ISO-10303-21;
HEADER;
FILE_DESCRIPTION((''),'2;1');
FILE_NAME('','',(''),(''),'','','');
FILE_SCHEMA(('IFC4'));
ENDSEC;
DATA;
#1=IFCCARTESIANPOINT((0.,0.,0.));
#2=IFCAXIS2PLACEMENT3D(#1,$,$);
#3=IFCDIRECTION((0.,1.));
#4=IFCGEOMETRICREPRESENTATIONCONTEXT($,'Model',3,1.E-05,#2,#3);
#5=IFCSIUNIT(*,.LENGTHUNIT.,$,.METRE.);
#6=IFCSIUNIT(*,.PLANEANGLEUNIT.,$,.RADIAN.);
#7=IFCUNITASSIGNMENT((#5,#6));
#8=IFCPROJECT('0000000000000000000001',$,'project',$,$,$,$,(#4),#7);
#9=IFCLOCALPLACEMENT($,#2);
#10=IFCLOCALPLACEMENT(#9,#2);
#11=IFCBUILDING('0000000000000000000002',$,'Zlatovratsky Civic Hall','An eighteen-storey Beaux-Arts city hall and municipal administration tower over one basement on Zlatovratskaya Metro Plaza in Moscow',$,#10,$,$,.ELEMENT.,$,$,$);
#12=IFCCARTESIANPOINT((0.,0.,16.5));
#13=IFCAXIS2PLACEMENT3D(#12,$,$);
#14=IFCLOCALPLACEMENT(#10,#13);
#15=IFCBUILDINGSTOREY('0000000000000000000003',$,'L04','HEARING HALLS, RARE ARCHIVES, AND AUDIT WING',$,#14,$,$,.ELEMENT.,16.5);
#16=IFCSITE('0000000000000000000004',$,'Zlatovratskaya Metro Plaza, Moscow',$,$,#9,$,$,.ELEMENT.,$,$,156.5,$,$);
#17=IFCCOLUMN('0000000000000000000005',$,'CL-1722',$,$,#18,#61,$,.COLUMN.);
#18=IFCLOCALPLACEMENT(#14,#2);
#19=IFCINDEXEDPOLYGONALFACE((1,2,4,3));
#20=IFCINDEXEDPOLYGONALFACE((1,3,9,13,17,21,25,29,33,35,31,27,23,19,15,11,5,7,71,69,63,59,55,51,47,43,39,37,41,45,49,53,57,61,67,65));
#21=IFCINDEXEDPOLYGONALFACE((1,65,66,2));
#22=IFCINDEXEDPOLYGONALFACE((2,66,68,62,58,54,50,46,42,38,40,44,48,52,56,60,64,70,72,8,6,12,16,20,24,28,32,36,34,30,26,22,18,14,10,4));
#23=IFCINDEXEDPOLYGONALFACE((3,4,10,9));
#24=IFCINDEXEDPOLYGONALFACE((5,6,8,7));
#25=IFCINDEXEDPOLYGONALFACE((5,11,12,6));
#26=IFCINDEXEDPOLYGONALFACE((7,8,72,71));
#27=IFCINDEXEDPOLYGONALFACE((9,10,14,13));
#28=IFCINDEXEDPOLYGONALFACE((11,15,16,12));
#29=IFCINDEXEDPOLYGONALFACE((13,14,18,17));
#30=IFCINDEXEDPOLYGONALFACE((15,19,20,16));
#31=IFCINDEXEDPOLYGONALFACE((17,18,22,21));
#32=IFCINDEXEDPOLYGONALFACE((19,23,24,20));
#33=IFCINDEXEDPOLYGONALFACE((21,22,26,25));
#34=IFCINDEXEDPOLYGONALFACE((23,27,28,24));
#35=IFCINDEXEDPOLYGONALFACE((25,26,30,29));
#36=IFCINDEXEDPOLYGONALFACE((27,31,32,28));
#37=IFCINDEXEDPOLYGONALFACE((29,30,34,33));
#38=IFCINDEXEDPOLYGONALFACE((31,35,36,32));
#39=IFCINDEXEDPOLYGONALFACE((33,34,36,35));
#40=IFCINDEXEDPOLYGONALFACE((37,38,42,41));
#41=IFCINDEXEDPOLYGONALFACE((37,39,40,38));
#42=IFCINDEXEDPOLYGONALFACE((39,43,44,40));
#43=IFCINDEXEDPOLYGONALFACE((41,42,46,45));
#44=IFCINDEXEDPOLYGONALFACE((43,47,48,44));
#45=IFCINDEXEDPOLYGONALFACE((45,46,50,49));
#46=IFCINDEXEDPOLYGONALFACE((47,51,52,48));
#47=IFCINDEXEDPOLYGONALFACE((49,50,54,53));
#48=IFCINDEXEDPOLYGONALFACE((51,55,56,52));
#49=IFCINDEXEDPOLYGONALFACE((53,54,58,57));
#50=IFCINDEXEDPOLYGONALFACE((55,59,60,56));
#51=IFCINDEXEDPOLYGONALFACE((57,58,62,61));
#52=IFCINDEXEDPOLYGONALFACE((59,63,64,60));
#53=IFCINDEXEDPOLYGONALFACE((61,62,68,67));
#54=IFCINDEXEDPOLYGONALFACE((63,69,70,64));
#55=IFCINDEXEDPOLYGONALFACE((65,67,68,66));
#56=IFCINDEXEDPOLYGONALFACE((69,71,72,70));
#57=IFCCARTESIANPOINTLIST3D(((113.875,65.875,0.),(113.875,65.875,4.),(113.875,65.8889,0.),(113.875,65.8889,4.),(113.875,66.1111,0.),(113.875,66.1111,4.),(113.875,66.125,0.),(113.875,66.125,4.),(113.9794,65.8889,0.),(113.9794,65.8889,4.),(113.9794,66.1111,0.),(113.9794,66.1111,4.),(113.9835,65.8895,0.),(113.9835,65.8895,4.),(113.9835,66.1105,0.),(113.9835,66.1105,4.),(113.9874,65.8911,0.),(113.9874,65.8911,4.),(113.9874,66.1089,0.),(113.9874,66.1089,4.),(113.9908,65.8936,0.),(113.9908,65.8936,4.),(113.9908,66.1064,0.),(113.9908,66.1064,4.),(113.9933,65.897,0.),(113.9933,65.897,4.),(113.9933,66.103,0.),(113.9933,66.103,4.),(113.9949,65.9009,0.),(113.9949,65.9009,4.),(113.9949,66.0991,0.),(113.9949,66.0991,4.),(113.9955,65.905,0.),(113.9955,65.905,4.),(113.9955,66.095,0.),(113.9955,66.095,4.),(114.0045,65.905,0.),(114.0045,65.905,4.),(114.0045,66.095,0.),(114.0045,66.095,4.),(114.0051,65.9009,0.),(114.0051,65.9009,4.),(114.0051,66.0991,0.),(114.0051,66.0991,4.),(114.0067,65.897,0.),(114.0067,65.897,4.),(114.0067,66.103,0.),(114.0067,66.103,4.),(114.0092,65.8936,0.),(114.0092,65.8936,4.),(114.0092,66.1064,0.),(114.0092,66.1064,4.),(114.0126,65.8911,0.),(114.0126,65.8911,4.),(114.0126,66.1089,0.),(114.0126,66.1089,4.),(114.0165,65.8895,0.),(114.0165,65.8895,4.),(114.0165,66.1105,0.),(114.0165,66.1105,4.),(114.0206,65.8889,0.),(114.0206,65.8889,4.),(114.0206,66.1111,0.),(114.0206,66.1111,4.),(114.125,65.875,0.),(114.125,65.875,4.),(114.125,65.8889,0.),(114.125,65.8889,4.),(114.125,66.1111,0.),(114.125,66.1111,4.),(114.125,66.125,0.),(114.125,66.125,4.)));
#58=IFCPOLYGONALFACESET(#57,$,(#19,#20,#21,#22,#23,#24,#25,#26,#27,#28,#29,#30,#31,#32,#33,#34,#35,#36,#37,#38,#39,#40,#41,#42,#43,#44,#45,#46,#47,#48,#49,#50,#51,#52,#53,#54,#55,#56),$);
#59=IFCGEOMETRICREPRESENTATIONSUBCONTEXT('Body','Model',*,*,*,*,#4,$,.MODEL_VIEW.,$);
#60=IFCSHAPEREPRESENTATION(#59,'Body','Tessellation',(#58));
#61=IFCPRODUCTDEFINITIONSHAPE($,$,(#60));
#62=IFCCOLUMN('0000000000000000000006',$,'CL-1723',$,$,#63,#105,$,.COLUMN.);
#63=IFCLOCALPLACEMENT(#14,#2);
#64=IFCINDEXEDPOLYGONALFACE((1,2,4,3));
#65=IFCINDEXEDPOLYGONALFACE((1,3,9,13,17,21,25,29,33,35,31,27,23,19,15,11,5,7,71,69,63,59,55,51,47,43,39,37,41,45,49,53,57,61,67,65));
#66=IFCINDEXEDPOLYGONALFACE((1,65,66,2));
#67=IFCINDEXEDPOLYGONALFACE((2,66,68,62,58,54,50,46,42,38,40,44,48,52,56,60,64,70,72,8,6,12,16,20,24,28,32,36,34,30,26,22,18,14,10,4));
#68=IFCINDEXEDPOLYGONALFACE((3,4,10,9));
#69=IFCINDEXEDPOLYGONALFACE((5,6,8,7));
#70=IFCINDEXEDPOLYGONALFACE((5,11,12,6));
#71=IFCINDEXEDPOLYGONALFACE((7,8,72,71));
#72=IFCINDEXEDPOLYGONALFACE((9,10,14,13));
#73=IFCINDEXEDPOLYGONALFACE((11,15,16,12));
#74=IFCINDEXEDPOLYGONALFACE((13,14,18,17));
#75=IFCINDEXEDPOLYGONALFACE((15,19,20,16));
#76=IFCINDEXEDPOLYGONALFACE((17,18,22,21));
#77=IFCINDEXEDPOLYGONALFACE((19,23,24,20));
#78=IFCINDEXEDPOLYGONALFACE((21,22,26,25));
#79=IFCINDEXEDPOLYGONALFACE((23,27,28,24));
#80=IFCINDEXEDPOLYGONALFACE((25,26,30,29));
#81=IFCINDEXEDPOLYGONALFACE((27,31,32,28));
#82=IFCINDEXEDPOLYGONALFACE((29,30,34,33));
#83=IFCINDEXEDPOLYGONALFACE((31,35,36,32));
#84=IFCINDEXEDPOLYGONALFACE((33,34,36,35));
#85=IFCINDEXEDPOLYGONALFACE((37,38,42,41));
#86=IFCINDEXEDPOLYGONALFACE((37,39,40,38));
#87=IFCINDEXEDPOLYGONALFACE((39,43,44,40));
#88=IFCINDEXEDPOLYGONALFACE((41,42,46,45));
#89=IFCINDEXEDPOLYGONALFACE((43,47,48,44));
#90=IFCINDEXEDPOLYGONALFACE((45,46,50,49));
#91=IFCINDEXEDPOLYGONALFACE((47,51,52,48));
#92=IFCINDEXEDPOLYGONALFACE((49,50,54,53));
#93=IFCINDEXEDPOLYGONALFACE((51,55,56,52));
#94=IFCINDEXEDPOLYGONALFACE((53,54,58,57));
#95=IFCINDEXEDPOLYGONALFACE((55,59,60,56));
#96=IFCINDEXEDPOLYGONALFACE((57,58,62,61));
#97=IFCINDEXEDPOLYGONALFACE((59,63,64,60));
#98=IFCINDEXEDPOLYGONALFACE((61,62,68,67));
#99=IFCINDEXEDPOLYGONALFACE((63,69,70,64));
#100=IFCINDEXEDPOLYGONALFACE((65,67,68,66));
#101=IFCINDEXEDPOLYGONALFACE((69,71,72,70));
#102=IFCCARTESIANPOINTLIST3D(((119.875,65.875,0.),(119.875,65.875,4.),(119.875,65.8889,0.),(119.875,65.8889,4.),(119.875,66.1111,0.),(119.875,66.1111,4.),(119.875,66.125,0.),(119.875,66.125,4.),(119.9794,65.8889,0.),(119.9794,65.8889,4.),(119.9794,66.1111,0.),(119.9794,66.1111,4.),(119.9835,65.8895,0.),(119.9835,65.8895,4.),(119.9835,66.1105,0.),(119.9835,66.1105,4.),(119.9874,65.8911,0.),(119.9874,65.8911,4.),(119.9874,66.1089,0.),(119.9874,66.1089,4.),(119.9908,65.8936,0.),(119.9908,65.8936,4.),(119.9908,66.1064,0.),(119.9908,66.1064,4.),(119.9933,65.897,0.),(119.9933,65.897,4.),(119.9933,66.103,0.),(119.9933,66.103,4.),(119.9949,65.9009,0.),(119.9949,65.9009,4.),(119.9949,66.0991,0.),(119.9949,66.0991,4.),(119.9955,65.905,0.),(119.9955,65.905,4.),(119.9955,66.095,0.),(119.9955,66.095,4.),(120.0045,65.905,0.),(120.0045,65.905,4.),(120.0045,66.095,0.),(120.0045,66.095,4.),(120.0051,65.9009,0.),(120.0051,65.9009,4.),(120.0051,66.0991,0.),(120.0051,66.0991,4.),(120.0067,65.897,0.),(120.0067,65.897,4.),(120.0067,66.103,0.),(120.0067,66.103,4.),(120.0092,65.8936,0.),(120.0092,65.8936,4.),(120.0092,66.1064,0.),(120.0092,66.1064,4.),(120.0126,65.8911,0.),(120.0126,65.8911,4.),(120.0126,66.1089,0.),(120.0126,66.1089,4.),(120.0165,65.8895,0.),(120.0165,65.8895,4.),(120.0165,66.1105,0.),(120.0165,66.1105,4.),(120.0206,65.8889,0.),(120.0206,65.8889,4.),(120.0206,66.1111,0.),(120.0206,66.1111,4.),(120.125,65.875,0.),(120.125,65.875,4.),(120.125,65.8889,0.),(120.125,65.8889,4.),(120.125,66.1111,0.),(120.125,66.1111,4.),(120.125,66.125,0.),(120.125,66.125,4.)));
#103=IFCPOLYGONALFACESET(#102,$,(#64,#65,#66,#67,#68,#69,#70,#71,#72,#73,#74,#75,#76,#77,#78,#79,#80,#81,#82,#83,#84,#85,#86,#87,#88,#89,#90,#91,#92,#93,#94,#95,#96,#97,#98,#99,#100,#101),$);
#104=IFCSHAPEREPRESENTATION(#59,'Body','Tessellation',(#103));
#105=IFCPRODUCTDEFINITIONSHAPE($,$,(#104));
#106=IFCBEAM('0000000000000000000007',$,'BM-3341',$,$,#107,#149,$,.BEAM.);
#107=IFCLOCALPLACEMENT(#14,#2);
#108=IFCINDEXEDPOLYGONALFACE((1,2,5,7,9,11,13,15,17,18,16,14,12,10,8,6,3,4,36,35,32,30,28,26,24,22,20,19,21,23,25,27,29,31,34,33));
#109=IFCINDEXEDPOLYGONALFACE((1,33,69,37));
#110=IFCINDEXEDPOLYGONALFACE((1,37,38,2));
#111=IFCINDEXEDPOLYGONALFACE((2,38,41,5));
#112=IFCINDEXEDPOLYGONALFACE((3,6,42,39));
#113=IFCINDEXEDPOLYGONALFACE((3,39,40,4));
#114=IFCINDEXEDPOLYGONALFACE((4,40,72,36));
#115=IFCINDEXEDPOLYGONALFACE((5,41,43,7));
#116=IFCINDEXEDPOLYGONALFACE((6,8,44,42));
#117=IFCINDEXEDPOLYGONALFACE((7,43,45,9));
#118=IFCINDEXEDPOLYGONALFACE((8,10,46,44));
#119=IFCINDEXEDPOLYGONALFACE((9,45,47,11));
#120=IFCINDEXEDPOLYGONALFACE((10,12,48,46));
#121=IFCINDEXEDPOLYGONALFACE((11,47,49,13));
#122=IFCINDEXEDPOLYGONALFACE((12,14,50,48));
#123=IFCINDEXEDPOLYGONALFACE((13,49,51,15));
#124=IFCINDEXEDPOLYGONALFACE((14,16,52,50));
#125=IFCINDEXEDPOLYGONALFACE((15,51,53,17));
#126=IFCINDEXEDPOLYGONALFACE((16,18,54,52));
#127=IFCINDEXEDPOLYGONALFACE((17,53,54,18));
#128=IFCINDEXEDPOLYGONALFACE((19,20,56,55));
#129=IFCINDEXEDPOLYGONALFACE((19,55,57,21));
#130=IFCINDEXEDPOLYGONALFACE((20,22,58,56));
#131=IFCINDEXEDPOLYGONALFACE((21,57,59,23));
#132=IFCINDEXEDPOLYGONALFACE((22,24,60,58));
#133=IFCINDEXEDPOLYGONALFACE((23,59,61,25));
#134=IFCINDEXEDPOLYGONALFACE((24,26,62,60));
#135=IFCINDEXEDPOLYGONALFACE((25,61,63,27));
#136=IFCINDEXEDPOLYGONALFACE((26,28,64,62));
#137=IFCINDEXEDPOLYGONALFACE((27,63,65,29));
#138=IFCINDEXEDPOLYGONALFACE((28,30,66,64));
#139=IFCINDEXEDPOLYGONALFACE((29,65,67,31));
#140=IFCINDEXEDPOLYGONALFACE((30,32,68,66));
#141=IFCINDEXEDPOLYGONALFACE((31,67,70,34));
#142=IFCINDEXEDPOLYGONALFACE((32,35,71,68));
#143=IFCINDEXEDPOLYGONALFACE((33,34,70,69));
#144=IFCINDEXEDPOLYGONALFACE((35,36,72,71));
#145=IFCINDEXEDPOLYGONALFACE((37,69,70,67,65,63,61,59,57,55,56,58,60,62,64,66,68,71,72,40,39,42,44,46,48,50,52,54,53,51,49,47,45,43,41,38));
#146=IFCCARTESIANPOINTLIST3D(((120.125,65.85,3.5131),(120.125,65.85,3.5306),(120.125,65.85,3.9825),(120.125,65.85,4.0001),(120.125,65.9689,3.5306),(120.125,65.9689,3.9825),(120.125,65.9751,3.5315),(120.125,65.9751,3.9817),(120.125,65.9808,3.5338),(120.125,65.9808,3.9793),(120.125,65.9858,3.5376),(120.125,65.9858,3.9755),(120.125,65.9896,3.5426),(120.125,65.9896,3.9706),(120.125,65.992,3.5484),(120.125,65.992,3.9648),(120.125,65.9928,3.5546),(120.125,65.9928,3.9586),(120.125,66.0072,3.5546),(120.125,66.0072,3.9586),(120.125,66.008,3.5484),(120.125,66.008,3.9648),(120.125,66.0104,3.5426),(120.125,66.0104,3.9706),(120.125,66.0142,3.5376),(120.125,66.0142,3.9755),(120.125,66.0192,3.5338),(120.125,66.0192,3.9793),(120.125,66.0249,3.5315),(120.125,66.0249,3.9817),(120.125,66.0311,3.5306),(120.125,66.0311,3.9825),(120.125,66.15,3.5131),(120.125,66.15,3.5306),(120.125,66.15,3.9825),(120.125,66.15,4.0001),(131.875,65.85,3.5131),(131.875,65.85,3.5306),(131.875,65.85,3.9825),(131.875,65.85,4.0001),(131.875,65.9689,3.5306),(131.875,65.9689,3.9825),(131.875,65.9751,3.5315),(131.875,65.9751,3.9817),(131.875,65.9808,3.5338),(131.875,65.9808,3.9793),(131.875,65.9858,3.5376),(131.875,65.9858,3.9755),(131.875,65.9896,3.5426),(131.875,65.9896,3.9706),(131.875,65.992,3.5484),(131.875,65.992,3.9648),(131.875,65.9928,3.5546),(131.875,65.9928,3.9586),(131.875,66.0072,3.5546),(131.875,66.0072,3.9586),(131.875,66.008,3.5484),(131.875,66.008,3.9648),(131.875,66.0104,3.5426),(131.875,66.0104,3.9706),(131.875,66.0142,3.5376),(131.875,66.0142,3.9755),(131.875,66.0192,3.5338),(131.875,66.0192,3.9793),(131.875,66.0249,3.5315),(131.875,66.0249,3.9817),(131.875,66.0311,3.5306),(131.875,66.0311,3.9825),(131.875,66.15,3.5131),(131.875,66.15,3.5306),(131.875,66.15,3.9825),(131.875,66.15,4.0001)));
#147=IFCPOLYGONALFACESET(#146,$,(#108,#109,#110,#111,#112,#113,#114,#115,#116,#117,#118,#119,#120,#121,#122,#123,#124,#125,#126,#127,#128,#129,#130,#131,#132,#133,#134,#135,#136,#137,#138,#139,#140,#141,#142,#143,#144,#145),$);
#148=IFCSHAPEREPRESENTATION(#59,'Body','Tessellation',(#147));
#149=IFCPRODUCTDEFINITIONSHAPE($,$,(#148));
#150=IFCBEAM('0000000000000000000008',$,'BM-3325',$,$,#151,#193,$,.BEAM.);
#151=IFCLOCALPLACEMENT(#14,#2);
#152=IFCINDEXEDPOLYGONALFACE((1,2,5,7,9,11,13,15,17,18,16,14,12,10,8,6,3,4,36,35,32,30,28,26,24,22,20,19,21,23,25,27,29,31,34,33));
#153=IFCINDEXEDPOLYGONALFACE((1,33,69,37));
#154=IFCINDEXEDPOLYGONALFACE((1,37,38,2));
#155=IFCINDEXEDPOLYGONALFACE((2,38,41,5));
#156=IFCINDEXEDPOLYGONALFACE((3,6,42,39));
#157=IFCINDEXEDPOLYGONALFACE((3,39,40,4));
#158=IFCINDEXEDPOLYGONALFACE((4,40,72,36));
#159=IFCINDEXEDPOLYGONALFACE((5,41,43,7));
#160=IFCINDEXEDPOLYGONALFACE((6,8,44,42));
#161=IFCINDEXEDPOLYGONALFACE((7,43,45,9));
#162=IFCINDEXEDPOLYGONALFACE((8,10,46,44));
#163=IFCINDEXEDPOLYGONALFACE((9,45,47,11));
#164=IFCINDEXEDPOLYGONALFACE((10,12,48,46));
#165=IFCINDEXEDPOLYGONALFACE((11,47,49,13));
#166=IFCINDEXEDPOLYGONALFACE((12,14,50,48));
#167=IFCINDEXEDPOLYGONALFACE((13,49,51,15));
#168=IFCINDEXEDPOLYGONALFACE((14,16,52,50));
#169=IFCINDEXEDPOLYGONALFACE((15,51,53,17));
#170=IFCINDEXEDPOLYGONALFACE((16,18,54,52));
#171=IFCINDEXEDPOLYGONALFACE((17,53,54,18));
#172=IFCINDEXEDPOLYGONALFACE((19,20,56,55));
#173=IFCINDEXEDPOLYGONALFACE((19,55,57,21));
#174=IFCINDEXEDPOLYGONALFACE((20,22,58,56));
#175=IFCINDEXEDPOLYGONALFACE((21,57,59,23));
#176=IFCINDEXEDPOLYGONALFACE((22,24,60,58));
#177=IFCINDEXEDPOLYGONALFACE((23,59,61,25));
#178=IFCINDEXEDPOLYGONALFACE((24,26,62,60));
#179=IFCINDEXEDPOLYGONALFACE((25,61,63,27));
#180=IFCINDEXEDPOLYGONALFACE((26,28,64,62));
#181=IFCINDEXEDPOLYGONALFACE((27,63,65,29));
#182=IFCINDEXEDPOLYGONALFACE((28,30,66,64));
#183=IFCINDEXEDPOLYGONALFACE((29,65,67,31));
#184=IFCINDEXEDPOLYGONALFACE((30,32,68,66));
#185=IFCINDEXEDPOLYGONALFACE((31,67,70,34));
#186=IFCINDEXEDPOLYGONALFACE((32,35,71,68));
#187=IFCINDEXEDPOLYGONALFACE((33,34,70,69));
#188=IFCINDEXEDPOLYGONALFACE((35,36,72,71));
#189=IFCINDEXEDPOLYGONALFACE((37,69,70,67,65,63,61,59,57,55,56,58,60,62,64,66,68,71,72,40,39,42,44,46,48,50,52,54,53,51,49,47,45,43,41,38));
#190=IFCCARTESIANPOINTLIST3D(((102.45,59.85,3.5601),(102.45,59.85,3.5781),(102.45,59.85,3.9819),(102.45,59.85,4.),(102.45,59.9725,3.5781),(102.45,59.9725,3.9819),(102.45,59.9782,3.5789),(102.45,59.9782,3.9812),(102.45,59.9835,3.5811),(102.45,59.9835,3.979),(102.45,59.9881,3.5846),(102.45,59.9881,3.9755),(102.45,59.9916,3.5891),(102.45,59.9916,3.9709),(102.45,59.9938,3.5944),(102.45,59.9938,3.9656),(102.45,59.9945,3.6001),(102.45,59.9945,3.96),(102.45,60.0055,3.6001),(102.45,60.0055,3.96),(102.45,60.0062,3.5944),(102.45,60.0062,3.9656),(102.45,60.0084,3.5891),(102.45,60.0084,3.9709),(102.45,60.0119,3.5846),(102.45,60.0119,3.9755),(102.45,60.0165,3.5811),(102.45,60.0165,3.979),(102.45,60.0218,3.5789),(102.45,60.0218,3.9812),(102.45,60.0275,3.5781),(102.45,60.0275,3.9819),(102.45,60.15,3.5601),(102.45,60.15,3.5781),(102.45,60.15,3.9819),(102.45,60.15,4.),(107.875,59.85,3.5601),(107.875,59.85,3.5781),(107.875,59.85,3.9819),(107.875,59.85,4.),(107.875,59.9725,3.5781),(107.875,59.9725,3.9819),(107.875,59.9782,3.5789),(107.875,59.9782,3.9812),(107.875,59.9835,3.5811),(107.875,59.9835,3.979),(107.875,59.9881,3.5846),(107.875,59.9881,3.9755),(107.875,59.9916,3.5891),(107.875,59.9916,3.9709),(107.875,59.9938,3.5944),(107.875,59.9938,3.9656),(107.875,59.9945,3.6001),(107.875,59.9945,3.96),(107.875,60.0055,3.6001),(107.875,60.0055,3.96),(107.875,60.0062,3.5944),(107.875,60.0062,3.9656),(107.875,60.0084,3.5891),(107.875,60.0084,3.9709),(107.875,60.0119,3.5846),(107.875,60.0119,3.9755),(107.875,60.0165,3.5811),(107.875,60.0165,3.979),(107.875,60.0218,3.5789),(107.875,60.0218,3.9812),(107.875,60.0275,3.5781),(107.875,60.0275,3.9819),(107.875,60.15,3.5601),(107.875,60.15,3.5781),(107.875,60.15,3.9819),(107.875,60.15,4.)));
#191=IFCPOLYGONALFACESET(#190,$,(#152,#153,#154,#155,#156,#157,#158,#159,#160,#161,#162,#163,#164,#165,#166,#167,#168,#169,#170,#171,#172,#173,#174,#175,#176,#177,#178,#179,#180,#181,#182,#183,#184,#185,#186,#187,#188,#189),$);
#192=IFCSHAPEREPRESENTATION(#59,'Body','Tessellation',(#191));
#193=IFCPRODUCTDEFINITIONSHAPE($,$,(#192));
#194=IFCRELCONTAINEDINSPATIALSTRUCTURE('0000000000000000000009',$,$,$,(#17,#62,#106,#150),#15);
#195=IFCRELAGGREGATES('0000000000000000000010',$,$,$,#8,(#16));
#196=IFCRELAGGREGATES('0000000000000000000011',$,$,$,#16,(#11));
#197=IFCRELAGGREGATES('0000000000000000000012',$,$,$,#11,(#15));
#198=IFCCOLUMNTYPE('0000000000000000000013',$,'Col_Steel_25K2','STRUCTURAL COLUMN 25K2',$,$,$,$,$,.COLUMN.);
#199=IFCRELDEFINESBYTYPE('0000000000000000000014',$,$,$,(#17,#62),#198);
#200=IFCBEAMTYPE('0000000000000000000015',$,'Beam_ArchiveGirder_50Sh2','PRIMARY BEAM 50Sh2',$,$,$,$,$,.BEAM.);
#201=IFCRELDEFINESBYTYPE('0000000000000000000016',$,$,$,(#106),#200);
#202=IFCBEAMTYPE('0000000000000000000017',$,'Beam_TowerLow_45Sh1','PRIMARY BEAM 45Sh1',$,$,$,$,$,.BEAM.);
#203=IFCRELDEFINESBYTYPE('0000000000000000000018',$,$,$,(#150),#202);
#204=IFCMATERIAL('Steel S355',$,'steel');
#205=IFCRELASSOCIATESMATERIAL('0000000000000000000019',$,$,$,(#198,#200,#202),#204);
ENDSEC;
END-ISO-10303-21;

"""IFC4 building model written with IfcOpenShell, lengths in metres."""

from ifc_helpers import new_model, si_unit, direction, frame, origin, origin_2d, place, context, subcontext, project, spatial, i_section, extrude, material, material_profile, profile_set, type_object, element, save


model = new_model("IFC4")

# Units and contexts
model_context = context("Model", 3, precision=1e-05, world=origin(), true_north=direction((0.0, 1.0)))
body_context = subcontext(model_context, "Body", "Model", "MODEL_VIEW")
ifc_project = project(units=[si_unit("LENGTHUNIT", "METRE"), si_unit("PLANEANGLEUNIT", "RADIAN")], contexts=[model_context])

# Site, building, storey
site_placement = place(None, origin())
site = spatial("IfcSite", under=ifc_project, at=site_placement, Name="Zlatovratskaya Metro Plaza, Moscow", CompositionType="ELEMENT", RefElevation=156.5)
building_placement = place(site_placement, origin())
building = spatial("IfcBuilding", under=site, at=building_placement, Name="Zlatovratsky Civic Hall", Description="An eighteen-storey Beaux-Arts city hall and municipal administration tower over one basement on Zlatovratskaya Metro Plaza in Moscow", CompositionType="ELEMENT")
storey_placement = place(building_placement, frame((0.0, 0.0, 16.5)))
storey = spatial("IfcBuildingStorey", under=building, at=storey_placement, Name="L04", Description="HEARING HALLS, RARE ARCHIVES, AND AUDIT WING", CompositionType="ELEMENT", Elevation=16.5)

# Columns
ifc_material_1 = material(Name="Steel S355", Category="steel")
ifc_material_profile_1 = material_profile(ifc_material_1, i_section(OverallWidth=0.25, OverallDepth=0.25, WebThickness=0.009, FlangeThickness=0.0139, FilletRadius=0.0161, at=origin_2d()), Name="25K2")
ifc_profile_set_1 = profile_set([ifc_material_profile_1], Name="Steel S355")
column_type = type_object("IfcColumnType", Name="Col_Steel_25K2", Description="STRUCTURAL COLUMN 25K2", PredefinedType="COLUMN", material=ifc_profile_set_1)
for number, where, z_axis, x_axis, name in (
    (1, (114.0, 66.0, 0.0), (0.0, 0.0, 1.0), (1.0, 0.0, 0.0), "CL-1722"),
    (2, (120.0, 66.0, 0.0), (0.0, 0.0, 1.0), (1.0, 0.0, 0.0), "CL-1723"),
):
    element("IfcColumn", number, at=place(storey_placement, frame(where, z_axis=z_axis, x_axis=x_axis)), inside=storey, type_object=column_type, Name=name, PredefinedType="COLUMN", context=body_context, shape_type="SweptSolid", body=[
        extrude(i_section(OverallWidth=0.25, OverallDepth=0.25, WebThickness=0.009, FlangeThickness=0.0139, FilletRadius=0.0161, at=origin_2d()), origin(), (0.0, 0.0, 1.0), 4.0),
    ])

# Beams
ifc_material_profile_2 = material_profile(ifc_material_1, i_section(OverallWidth=0.3, OverallDepth=0.4871, WebThickness=0.0144, FlangeThickness=0.0176, FilletRadius=0.0239, at=origin_2d()), Name="50Sh2")
ifc_profile_set_2 = profile_set([ifc_material_profile_2], Name="Steel S355")
beam_type_1 = type_object("IfcBeamType", Name="Beam_ArchiveGirder_50Sh2", Description="PRIMARY BEAM 50Sh2", PredefinedType="BEAM", material=ifc_profile_set_2)
beam_1_placement = place(storey_placement, frame((120.125, 66.0, 3.7566), z_axis=(1.0, 0.0, 0.0), x_axis=(0.0, 1.0, 0.0)))
element("IfcBeam", 3, at=beam_1_placement, inside=storey, type_object=beam_type_1, Name="BM-3341", PredefinedType="BEAM", context=body_context, shape_type="SweptSolid", body=[
    extrude(i_section(OverallWidth=0.3, OverallDepth=0.4871, WebThickness=0.0144, FlangeThickness=0.0176, FilletRadius=0.0239, at=origin_2d()), origin(), (0.0, 0.0, 1.0), 11.75),
])
ifc_material_profile_3 = material_profile(ifc_material_1, i_section(OverallWidth=0.3, OverallDepth=0.4399, WebThickness=0.011, FlangeThickness=0.0181, FilletRadius=0.022, at=origin_2d()), Name="45Sh1")
ifc_profile_set_3 = profile_set([ifc_material_profile_3], Name="Steel S355")
beam_type_2 = type_object("IfcBeamType", Name="Beam_TowerLow_45Sh1", Description="PRIMARY BEAM 45Sh1", PredefinedType="BEAM", material=ifc_profile_set_3)
beam_2_placement = place(storey_placement, frame((102.45, 60.0, 3.78), z_axis=(1.0, 0.0, 0.0), x_axis=(0.0, 1.0, 0.0)))
element("IfcBeam", 4, at=beam_2_placement, inside=storey, type_object=beam_type_2, Name="BM-3325", PredefinedType="BEAM", context=body_context, shape_type="SweptSolid", body=[
    extrude(i_section(OverallWidth=0.3, OverallDepth=0.4399, WebThickness=0.011, FlangeThickness=0.0181, FilletRadius=0.022, at=origin_2d()), origin(), (0.0, 0.0, 1.0), 5.425),
])

save(model, "model.ifc")
